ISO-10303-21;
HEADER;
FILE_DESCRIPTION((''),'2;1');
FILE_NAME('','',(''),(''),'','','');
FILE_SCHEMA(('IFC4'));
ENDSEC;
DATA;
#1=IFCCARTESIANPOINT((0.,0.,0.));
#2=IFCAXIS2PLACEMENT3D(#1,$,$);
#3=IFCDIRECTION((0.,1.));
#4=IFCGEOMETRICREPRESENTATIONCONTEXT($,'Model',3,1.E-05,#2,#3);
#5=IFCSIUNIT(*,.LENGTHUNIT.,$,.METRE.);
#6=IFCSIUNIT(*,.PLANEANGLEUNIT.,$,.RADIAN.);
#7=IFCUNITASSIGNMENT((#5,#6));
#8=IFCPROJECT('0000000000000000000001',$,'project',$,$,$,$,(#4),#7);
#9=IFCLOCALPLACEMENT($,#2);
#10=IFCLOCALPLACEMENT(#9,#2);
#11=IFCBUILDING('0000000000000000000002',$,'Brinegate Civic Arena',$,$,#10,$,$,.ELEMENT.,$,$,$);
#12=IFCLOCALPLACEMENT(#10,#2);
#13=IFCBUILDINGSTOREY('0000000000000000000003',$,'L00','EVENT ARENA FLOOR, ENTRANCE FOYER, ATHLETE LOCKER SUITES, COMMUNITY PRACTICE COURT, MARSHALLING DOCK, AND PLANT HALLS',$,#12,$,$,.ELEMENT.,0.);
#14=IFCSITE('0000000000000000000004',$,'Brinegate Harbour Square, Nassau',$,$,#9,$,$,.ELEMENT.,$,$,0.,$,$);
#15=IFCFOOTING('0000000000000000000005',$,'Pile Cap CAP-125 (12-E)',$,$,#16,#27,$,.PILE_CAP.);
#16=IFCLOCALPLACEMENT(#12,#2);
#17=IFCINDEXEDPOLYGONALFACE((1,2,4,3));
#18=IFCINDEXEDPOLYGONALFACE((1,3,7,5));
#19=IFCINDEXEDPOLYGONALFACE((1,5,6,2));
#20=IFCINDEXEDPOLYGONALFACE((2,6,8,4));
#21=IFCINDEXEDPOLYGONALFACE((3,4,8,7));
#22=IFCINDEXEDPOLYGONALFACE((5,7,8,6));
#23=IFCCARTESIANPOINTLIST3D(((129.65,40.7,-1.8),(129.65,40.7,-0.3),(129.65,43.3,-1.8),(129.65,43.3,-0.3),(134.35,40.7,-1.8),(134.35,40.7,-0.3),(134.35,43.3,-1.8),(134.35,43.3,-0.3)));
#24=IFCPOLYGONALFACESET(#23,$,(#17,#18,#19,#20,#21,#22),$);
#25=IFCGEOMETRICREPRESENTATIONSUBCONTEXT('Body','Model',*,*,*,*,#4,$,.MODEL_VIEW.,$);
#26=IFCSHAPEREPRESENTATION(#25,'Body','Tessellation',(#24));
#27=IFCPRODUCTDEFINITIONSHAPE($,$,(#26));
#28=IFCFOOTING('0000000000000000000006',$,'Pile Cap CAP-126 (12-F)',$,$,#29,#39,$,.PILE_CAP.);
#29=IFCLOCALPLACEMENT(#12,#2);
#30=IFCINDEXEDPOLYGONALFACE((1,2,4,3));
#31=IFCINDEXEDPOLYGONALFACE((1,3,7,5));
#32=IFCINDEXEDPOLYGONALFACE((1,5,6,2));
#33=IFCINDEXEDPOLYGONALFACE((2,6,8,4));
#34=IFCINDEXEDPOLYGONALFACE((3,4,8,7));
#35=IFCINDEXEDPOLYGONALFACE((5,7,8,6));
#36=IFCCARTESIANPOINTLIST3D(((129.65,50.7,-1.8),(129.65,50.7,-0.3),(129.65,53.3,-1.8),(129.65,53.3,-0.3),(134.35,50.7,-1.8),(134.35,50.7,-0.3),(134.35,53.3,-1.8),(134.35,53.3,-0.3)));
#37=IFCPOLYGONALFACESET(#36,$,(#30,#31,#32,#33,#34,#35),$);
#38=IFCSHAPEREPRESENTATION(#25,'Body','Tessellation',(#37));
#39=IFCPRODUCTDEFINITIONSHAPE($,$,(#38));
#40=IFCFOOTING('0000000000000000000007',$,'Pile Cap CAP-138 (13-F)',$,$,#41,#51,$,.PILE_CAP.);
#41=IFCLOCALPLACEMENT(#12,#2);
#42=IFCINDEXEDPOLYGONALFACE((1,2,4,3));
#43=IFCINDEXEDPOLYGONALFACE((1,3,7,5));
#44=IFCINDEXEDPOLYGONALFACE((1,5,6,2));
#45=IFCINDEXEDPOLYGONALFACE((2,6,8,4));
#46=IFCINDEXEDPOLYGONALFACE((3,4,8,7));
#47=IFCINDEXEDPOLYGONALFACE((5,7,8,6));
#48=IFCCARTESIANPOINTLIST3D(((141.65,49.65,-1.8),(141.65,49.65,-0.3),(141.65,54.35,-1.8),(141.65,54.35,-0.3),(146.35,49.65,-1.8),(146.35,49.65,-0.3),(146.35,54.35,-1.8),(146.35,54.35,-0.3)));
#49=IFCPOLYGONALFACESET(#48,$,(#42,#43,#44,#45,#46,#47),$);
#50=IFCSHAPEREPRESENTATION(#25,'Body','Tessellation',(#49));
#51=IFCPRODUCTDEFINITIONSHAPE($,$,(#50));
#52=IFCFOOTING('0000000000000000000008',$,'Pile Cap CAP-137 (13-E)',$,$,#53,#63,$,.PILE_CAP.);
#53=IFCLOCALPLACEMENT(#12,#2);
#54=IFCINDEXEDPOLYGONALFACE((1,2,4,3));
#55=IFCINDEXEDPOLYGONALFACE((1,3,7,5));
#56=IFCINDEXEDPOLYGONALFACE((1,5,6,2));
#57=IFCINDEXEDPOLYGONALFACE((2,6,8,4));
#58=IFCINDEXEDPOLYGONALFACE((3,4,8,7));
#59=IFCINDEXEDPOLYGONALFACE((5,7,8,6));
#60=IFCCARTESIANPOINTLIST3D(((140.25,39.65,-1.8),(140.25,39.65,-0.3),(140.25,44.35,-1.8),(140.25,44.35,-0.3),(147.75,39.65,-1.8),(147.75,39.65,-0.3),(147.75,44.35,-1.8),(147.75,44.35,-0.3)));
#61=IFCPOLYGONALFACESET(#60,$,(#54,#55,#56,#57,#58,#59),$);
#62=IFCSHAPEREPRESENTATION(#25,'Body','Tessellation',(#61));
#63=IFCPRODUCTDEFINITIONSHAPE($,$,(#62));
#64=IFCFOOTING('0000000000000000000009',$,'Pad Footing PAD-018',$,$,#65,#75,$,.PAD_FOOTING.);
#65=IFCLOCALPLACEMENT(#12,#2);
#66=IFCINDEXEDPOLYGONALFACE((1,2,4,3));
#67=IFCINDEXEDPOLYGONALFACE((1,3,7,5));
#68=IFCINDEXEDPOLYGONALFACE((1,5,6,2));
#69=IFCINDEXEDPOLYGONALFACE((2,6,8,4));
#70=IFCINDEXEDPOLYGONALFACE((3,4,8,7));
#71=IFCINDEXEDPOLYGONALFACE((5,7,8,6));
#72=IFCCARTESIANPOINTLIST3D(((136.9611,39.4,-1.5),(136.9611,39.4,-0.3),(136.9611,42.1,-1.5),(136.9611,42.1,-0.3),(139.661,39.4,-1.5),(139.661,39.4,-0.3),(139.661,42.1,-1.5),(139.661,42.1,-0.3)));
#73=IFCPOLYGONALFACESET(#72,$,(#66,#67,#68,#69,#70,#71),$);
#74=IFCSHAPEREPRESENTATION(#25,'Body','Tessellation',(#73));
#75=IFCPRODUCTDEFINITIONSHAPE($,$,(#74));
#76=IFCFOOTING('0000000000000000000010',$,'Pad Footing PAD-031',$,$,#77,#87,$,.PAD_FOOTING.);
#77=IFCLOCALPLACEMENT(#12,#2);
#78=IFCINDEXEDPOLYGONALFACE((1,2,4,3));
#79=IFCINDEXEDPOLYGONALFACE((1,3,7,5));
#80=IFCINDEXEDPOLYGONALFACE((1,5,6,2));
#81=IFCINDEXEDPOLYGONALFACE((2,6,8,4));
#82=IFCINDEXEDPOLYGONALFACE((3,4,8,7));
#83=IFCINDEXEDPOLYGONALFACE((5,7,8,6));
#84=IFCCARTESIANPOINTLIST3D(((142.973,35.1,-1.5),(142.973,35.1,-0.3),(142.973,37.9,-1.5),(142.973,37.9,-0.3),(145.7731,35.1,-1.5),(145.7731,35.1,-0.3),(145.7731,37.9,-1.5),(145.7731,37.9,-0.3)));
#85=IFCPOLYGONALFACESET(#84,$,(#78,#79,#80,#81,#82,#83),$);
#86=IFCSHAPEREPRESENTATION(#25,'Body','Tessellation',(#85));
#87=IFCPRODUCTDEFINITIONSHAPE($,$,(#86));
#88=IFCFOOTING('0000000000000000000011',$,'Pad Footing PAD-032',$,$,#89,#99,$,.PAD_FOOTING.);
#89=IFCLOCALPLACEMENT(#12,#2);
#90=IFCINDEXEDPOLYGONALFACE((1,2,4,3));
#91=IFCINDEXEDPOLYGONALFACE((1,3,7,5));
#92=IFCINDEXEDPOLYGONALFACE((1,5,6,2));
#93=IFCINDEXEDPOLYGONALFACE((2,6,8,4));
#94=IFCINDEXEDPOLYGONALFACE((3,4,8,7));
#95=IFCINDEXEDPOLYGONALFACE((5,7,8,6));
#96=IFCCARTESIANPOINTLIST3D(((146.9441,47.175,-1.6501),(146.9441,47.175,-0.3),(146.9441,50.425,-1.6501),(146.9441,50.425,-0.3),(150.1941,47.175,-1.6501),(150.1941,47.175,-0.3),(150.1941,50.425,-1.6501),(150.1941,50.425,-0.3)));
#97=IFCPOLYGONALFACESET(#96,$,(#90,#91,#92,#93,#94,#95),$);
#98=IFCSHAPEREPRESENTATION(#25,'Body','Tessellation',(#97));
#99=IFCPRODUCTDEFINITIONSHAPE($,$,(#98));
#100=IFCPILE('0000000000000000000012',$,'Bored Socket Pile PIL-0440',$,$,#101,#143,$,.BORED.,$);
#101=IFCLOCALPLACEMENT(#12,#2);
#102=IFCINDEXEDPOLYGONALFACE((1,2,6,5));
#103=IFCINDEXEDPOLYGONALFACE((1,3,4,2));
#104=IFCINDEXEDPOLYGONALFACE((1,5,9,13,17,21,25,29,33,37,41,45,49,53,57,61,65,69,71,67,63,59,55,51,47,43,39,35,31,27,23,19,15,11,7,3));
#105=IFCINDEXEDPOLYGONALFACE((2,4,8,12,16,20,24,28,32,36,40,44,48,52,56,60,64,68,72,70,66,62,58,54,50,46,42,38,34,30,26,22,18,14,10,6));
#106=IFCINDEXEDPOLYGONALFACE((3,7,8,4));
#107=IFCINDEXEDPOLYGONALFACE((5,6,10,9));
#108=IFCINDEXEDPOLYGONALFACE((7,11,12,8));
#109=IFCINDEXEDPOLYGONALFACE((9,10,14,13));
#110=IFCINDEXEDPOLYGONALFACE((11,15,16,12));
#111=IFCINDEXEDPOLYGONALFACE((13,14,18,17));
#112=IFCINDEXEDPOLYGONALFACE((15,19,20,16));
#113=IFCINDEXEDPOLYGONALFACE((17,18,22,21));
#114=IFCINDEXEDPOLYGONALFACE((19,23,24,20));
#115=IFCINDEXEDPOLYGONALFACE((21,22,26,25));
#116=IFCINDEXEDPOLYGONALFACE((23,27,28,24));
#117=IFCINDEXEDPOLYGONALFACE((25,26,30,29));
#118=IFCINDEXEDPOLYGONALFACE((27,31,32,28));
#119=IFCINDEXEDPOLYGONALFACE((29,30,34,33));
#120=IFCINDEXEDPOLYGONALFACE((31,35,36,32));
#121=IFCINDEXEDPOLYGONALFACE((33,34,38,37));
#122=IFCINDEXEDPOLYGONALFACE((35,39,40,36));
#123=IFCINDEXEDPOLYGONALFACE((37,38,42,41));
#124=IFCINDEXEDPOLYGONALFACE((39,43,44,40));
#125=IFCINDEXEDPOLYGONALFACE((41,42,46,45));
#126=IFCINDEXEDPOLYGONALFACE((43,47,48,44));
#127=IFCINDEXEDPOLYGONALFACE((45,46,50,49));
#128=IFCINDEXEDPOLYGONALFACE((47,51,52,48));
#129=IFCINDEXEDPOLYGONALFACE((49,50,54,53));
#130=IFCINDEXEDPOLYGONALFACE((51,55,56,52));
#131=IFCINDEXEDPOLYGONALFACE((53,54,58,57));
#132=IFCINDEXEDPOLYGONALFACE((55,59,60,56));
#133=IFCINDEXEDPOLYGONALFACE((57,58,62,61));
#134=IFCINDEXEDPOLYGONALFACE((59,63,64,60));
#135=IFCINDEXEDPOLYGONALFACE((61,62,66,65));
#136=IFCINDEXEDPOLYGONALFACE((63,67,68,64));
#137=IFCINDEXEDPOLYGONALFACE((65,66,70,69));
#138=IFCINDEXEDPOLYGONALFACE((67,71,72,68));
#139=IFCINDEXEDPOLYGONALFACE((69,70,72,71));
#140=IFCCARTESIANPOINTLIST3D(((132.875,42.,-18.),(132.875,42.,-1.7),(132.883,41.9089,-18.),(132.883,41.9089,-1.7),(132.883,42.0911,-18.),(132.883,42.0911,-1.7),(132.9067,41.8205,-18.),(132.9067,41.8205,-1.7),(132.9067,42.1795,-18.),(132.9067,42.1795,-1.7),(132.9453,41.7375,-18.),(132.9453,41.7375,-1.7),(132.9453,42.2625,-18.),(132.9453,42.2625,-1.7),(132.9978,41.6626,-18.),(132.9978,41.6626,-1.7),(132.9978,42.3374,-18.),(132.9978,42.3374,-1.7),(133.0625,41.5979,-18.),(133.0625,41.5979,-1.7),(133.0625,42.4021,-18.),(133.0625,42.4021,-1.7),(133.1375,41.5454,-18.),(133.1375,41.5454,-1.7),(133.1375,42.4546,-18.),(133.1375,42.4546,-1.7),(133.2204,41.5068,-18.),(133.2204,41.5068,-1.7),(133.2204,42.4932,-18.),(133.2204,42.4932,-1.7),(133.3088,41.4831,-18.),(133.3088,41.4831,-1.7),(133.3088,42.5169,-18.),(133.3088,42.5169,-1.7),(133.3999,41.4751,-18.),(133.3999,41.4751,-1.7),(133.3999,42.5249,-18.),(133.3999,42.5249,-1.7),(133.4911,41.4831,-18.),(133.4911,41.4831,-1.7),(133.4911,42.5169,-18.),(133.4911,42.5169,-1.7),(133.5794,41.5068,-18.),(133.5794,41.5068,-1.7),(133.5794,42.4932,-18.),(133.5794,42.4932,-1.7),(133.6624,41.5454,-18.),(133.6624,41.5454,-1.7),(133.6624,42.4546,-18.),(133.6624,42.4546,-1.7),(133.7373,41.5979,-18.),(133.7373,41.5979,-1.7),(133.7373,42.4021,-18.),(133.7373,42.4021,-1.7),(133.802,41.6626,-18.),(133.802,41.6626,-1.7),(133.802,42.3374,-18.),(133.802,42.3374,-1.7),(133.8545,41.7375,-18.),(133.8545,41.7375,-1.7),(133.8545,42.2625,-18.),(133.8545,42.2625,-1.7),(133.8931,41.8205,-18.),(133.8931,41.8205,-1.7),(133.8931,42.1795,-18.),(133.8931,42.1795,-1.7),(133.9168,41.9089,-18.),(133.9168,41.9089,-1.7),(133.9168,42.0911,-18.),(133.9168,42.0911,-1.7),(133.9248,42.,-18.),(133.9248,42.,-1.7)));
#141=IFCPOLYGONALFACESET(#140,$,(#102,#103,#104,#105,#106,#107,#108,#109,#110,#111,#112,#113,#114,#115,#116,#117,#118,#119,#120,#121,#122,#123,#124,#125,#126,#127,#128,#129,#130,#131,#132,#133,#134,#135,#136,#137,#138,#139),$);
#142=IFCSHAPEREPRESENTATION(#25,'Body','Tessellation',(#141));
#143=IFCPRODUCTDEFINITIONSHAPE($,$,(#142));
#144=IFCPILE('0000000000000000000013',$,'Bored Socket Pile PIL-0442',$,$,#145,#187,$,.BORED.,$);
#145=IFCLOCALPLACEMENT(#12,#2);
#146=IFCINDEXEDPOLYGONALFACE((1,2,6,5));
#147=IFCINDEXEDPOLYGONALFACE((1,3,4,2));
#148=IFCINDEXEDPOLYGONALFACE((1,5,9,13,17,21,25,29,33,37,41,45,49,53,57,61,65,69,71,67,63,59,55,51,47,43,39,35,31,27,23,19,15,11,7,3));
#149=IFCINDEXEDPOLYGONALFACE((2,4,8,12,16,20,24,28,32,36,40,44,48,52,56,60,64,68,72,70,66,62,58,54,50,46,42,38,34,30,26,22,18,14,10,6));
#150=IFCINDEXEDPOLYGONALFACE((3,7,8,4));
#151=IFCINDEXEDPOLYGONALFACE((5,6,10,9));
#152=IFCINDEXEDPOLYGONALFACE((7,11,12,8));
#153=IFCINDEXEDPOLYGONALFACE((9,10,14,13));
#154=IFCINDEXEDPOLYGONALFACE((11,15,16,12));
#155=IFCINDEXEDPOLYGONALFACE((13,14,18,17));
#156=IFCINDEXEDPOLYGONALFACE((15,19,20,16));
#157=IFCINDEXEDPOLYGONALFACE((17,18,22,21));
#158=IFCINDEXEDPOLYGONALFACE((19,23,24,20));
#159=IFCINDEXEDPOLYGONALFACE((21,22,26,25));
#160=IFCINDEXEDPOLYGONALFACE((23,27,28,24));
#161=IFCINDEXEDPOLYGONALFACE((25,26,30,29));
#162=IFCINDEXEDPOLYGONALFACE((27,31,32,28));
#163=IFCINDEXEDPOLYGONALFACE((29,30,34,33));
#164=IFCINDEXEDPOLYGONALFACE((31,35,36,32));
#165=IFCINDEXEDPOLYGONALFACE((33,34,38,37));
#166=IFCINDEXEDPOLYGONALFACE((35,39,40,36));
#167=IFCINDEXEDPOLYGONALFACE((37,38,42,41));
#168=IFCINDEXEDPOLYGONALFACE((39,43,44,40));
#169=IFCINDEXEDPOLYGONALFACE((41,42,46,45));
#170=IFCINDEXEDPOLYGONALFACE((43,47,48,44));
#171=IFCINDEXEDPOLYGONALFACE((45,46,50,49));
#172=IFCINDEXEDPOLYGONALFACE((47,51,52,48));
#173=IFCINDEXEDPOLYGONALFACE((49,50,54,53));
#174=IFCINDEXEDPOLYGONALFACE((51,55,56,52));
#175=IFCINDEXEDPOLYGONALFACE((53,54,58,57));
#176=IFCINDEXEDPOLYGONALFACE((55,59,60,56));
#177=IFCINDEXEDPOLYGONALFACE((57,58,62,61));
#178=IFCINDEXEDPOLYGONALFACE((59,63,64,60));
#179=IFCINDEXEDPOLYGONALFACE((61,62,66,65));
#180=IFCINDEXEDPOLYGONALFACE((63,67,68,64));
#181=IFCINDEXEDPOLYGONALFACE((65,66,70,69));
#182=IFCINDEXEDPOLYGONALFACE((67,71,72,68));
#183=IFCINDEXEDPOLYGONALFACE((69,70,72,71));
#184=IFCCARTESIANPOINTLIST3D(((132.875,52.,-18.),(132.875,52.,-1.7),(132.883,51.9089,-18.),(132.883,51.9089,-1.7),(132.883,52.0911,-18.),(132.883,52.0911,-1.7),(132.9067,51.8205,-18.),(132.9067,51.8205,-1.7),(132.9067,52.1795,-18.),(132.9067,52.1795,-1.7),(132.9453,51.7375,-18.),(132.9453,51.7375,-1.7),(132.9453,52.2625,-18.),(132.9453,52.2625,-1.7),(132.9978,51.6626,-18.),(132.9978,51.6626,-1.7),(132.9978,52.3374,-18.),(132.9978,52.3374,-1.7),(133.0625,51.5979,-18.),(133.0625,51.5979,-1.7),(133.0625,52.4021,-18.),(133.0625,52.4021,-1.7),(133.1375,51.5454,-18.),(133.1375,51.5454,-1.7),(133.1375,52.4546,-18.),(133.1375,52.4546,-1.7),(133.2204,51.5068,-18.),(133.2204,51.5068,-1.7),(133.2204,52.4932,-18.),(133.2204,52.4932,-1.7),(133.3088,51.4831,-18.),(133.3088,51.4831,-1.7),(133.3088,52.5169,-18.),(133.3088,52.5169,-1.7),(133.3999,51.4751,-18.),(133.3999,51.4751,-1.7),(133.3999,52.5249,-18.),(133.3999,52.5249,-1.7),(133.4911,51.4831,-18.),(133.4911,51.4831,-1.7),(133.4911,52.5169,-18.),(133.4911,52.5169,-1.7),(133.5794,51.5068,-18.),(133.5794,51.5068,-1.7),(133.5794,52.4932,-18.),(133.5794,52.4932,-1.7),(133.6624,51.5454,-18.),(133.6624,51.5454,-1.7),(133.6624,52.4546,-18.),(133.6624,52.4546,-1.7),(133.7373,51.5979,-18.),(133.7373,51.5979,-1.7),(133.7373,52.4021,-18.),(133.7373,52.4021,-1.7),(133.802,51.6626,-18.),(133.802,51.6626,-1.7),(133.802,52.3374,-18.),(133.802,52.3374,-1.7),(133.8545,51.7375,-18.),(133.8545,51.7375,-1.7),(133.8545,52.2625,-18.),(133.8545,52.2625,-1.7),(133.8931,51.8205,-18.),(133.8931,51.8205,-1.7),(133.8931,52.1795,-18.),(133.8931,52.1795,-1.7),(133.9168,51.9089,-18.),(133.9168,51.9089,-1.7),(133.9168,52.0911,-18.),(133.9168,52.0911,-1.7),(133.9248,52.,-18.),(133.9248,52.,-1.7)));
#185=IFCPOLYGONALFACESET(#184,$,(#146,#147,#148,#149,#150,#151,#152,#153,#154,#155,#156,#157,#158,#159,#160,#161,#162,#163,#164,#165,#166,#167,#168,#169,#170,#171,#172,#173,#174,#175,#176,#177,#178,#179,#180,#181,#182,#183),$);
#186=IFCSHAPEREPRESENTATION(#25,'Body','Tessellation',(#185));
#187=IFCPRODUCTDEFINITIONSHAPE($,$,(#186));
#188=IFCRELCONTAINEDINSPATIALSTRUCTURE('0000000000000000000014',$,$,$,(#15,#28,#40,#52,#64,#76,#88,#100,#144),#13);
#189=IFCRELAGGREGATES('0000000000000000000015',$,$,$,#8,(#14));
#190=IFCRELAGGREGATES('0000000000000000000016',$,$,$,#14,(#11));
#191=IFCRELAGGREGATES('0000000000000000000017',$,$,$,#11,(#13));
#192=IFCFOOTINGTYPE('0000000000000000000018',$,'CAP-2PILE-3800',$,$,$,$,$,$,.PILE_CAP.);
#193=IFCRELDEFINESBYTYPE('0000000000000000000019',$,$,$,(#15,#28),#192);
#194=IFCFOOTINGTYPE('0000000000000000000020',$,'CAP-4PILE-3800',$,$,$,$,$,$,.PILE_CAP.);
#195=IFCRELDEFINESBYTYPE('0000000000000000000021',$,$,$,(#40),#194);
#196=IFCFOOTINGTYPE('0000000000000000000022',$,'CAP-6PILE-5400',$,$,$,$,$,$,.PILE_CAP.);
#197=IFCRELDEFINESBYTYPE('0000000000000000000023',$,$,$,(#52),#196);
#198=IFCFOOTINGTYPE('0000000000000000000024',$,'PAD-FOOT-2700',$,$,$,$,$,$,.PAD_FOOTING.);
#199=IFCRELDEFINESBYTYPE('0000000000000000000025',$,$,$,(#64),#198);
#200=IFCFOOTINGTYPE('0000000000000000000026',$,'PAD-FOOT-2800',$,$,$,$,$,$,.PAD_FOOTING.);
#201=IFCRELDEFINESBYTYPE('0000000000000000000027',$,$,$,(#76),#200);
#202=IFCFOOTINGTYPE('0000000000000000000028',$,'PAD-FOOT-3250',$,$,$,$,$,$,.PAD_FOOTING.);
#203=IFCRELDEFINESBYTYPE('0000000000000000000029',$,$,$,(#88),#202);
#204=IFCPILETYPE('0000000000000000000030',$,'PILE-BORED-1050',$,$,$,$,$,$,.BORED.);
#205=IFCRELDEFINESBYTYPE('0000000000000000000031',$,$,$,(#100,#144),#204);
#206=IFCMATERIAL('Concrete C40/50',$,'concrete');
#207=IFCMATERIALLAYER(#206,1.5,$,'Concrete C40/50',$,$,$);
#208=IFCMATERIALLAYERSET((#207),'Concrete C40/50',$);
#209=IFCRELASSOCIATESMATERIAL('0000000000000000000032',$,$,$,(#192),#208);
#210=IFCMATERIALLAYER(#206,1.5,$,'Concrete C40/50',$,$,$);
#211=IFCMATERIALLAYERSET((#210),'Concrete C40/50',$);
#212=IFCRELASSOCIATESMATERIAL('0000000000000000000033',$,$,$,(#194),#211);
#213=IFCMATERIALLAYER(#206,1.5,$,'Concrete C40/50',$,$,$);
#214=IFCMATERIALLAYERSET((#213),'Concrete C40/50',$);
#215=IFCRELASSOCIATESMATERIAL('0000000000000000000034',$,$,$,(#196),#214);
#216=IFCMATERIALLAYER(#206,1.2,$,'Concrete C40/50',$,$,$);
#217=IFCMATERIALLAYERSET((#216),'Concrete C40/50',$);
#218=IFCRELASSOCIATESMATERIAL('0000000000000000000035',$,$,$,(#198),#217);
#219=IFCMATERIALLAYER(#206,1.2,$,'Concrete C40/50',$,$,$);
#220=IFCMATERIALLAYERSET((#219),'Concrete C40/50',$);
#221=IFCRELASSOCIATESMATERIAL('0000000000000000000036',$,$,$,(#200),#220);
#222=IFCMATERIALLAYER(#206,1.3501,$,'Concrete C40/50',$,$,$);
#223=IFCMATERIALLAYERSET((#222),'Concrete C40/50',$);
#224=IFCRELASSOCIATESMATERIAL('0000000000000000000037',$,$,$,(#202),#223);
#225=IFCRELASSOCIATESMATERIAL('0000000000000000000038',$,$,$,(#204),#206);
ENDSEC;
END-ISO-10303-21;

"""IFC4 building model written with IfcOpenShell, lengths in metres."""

from ifc_helpers import new_model, si_unit, direction, frame, origin, origin_2d, place, context, subcontext, project, spatial, rectangle, circle, extrude, material, layer, layer_set, material_profile, profile_set, type_object, element, save


model = new_model("IFC4")

# Units and contexts
model_context = context("Model", 3, precision=1e-05, world=origin(), true_north=direction((0.0, 1.0)))
body_context = subcontext(model_context, "Body", "Model", "MODEL_VIEW")
ifc_project = project(units=[si_unit("LENGTHUNIT", "METRE"), si_unit("PLANEANGLEUNIT", "RADIAN")], contexts=[model_context])

# Site, building, storey
site_placement = place(None, origin())
site = spatial("IfcSite", under=ifc_project, at=site_placement, Name="Brinegate Harbour Square, Nassau", CompositionType="ELEMENT", RefElevation=0.0)
building_placement = place(site_placement, origin())
building = spatial("IfcBuilding", under=site, at=building_placement, Name="Brinegate Civic Arena", CompositionType="ELEMENT")
storey_placement = place(building_placement, origin())
storey = spatial("IfcBuildingStorey", under=building, at=storey_placement, Name="L00", Description="EVENT ARENA FLOOR, ENTRANCE FOYER, ATHLETE LOCKER SUITES, COMMUNITY PRACTICE COURT, MARSHALLING DOCK, AND PLANT HALLS", CompositionType="ELEMENT", Elevation=0.0)

# Footings
ifc_material_1 = material(Name="Concrete C40/50", Category="concrete")
ifc_layer_1 = layer(ifc_material_1, 1.5, Name="Concrete C40/50")
ifc_layer_set_1 = layer_set([ifc_layer_1], Name="Concrete C40/50")
footing_type_1 = type_object("IfcFootingType", Name="CAP-2PILE-3800", PredefinedType="PILE_CAP", material=ifc_layer_set_1)
for number, where, z_axis, x_axis, name in (
    (1, (132.0, 42.0, -1.8), (0.0, 0.0, 1.0), (1.0, 0.0, 0.0), "Pile Cap CAP-125 (12-E)"),
    (2, (132.0, 52.0, -1.8), (0.0, 0.0, 1.0), (1.0, 0.0, 0.0), "Pile Cap CAP-126 (12-F)"),
):
    element("IfcFooting", number, at=place(storey_placement, frame(where, z_axis=z_axis, x_axis=x_axis)), inside=storey, type_object=footing_type_1, Name=name, PredefinedType="PILE_CAP", context=body_context, shape_type="SweptSolid", body=[
        extrude(rectangle(XDim=4.7, YDim=2.6001, at=origin_2d()), origin(), (0.0, 0.0, 1.0), 1.5),
    ])
ifc_layer_2 = layer(ifc_material_1, 1.5, Name="Concrete C40/50")
ifc_layer_set_2 = layer_set([ifc_layer_2], Name="Concrete C40/50")
footing_type_2 = type_object("IfcFootingType", Name="CAP-4PILE-3800", PredefinedType="PILE_CAP", material=ifc_layer_set_2)
footing_1_placement = place(storey_placement, frame((144.0, 52.0, -1.8), z_axis=(0.0, 0.0, 1.0), x_axis=(1.0, 0.0, 0.0)))
element("IfcFooting", 3, at=footing_1_placement, inside=storey, type_object=footing_type_2, Name="Pile Cap CAP-138 (13-F)", PredefinedType="PILE_CAP", context=body_context, shape_type="SweptSolid", body=[
    extrude(rectangle(XDim=4.7, YDim=4.7, at=origin_2d()), origin(), (0.0, 0.0, 1.0), 1.5),
])
ifc_layer_3 = layer(ifc_material_1, 1.5, Name="Concrete C40/50")
ifc_layer_set_3 = layer_set([ifc_layer_3], Name="Concrete C40/50")
footing_type_3 = type_object("IfcFootingType", Name="CAP-6PILE-5400", PredefinedType="PILE_CAP", material=ifc_layer_set_3)
footing_2_placement = place(storey_placement, frame((144.0, 42.0, -1.8), z_axis=(0.0, 0.0, 1.0), x_axis=(1.0, 0.0, 0.0)))
element("IfcFooting", 4, at=footing_2_placement, inside=storey, type_object=footing_type_3, Name="Pile Cap CAP-137 (13-E)", PredefinedType="PILE_CAP", context=body_context, shape_type="SweptSolid", body=[
    extrude(rectangle(XDim=7.5, YDim=4.7, at=origin_2d()), origin(), (0.0, 0.0, 1.0), 1.5),
])
ifc_layer_4 = layer(ifc_material_1, 1.2, Name="Concrete C40/50")
ifc_layer_set_4 = layer_set([ifc_layer_4], Name="Concrete C40/50")
footing_type_4 = type_object("IfcFootingType", Name="PAD-FOOT-2700", PredefinedType="PAD_FOOTING", material=ifc_layer_set_4)
footing_3_placement = place(storey_placement, frame((138.311, 40.75, -1.5), z_axis=(0.0, 0.0, 1.0), x_axis=(1.0, 0.0, 0.0)))
element("IfcFooting", 5, at=footing_3_placement, inside=storey, type_object=footing_type_4, Name="Pad Footing PAD-018", PredefinedType="PAD_FOOTING", context=body_context, shape_type="SweptSolid", body=[
    extrude(rectangle(XDim=2.7, YDim=2.7, at=origin_2d()), origin(), (0.0, 0.0, 1.0), 1.2),
])
ifc_layer_5 = layer(ifc_material_1, 1.2, Name="Concrete C40/50")
ifc_layer_set_5 = layer_set([ifc_layer_5], Name="Concrete C40/50")
footing_type_5 = type_object("IfcFootingType", Name="PAD-FOOT-2800", PredefinedType="PAD_FOOTING", material=ifc_layer_set_5)
footing_4_placement = place(storey_placement, frame((144.373, 36.5, -1.5), z_axis=(0.0, 0.0, 1.0), x_axis=(1.0, 0.0, 0.0)))
element("IfcFooting", 6, at=footing_4_placement, inside=storey, type_object=footing_type_5, Name="Pad Footing PAD-031", PredefinedType="PAD_FOOTING", context=body_context, shape_type="SweptSolid", body=[
    extrude(rectangle(XDim=2.8, YDim=2.8, at=origin_2d()), origin(), (0.0, 0.0, 1.0), 1.2),
])
ifc_layer_6 = layer(ifc_material_1, 1.3501, Name="Concrete C40/50")
ifc_layer_set_6 = layer_set([ifc_layer_6], Name="Concrete C40/50")
footing_type_6 = type_object("IfcFootingType", Name="PAD-FOOT-3250", PredefinedType="PAD_FOOTING", material=ifc_layer_set_6)
footing_5_placement = place(storey_placement, frame((148.5691, 48.8, -1.6501), z_axis=(0.0, 0.0, 1.0), x_axis=(1.0, 0.0, 0.0)))
element("IfcFooting", 7, at=footing_5_placement, inside=storey, type_object=footing_type_6, Name="Pad Footing PAD-032", PredefinedType="PAD_FOOTING", context=body_context, shape_type="SweptSolid", body=[
    extrude(rectangle(XDim=3.25, YDim=3.25, at=origin_2d()), origin(), (0.0, 0.0, 1.0), 1.3501),
])

# Piles
ifc_material_profile_1 = material_profile(ifc_material_1, circle(Radius=0.5249, at=origin_2d()), Name="PILED1050")
ifc_profile_set_1 = profile_set([ifc_material_profile_1], Name="Concrete C40/50")
pile_type = type_object("IfcPileType", Name="PILE-BORED-1050", PredefinedType="BORED", material=ifc_profile_set_1)
for number, where, z_axis, x_axis, name in (
    (8, (133.3999, 42.0, -1.7), (0.0, 0.0, -1.0), (1.0, 0.0, 0.0), "Bored Socket Pile PIL-0440"),
    (9, (133.3999, 52.0, -1.7), (0.0, 0.0, -1.0), (1.0, 0.0, 0.0), "Bored Socket Pile PIL-0442"),
):
    element("IfcPile", number, at=place(storey_placement, frame(where, z_axis=z_axis, x_axis=x_axis)), inside=storey, type_object=pile_type, Name=name, PredefinedType="BORED", context=body_context, shape_type="SweptSolid", body=[
        extrude(circle(Radius=0.5249, at=origin_2d()), origin(), (0.0, 0.0, 1.0), 16.3),
    ])

save(model, "model.ifc")
